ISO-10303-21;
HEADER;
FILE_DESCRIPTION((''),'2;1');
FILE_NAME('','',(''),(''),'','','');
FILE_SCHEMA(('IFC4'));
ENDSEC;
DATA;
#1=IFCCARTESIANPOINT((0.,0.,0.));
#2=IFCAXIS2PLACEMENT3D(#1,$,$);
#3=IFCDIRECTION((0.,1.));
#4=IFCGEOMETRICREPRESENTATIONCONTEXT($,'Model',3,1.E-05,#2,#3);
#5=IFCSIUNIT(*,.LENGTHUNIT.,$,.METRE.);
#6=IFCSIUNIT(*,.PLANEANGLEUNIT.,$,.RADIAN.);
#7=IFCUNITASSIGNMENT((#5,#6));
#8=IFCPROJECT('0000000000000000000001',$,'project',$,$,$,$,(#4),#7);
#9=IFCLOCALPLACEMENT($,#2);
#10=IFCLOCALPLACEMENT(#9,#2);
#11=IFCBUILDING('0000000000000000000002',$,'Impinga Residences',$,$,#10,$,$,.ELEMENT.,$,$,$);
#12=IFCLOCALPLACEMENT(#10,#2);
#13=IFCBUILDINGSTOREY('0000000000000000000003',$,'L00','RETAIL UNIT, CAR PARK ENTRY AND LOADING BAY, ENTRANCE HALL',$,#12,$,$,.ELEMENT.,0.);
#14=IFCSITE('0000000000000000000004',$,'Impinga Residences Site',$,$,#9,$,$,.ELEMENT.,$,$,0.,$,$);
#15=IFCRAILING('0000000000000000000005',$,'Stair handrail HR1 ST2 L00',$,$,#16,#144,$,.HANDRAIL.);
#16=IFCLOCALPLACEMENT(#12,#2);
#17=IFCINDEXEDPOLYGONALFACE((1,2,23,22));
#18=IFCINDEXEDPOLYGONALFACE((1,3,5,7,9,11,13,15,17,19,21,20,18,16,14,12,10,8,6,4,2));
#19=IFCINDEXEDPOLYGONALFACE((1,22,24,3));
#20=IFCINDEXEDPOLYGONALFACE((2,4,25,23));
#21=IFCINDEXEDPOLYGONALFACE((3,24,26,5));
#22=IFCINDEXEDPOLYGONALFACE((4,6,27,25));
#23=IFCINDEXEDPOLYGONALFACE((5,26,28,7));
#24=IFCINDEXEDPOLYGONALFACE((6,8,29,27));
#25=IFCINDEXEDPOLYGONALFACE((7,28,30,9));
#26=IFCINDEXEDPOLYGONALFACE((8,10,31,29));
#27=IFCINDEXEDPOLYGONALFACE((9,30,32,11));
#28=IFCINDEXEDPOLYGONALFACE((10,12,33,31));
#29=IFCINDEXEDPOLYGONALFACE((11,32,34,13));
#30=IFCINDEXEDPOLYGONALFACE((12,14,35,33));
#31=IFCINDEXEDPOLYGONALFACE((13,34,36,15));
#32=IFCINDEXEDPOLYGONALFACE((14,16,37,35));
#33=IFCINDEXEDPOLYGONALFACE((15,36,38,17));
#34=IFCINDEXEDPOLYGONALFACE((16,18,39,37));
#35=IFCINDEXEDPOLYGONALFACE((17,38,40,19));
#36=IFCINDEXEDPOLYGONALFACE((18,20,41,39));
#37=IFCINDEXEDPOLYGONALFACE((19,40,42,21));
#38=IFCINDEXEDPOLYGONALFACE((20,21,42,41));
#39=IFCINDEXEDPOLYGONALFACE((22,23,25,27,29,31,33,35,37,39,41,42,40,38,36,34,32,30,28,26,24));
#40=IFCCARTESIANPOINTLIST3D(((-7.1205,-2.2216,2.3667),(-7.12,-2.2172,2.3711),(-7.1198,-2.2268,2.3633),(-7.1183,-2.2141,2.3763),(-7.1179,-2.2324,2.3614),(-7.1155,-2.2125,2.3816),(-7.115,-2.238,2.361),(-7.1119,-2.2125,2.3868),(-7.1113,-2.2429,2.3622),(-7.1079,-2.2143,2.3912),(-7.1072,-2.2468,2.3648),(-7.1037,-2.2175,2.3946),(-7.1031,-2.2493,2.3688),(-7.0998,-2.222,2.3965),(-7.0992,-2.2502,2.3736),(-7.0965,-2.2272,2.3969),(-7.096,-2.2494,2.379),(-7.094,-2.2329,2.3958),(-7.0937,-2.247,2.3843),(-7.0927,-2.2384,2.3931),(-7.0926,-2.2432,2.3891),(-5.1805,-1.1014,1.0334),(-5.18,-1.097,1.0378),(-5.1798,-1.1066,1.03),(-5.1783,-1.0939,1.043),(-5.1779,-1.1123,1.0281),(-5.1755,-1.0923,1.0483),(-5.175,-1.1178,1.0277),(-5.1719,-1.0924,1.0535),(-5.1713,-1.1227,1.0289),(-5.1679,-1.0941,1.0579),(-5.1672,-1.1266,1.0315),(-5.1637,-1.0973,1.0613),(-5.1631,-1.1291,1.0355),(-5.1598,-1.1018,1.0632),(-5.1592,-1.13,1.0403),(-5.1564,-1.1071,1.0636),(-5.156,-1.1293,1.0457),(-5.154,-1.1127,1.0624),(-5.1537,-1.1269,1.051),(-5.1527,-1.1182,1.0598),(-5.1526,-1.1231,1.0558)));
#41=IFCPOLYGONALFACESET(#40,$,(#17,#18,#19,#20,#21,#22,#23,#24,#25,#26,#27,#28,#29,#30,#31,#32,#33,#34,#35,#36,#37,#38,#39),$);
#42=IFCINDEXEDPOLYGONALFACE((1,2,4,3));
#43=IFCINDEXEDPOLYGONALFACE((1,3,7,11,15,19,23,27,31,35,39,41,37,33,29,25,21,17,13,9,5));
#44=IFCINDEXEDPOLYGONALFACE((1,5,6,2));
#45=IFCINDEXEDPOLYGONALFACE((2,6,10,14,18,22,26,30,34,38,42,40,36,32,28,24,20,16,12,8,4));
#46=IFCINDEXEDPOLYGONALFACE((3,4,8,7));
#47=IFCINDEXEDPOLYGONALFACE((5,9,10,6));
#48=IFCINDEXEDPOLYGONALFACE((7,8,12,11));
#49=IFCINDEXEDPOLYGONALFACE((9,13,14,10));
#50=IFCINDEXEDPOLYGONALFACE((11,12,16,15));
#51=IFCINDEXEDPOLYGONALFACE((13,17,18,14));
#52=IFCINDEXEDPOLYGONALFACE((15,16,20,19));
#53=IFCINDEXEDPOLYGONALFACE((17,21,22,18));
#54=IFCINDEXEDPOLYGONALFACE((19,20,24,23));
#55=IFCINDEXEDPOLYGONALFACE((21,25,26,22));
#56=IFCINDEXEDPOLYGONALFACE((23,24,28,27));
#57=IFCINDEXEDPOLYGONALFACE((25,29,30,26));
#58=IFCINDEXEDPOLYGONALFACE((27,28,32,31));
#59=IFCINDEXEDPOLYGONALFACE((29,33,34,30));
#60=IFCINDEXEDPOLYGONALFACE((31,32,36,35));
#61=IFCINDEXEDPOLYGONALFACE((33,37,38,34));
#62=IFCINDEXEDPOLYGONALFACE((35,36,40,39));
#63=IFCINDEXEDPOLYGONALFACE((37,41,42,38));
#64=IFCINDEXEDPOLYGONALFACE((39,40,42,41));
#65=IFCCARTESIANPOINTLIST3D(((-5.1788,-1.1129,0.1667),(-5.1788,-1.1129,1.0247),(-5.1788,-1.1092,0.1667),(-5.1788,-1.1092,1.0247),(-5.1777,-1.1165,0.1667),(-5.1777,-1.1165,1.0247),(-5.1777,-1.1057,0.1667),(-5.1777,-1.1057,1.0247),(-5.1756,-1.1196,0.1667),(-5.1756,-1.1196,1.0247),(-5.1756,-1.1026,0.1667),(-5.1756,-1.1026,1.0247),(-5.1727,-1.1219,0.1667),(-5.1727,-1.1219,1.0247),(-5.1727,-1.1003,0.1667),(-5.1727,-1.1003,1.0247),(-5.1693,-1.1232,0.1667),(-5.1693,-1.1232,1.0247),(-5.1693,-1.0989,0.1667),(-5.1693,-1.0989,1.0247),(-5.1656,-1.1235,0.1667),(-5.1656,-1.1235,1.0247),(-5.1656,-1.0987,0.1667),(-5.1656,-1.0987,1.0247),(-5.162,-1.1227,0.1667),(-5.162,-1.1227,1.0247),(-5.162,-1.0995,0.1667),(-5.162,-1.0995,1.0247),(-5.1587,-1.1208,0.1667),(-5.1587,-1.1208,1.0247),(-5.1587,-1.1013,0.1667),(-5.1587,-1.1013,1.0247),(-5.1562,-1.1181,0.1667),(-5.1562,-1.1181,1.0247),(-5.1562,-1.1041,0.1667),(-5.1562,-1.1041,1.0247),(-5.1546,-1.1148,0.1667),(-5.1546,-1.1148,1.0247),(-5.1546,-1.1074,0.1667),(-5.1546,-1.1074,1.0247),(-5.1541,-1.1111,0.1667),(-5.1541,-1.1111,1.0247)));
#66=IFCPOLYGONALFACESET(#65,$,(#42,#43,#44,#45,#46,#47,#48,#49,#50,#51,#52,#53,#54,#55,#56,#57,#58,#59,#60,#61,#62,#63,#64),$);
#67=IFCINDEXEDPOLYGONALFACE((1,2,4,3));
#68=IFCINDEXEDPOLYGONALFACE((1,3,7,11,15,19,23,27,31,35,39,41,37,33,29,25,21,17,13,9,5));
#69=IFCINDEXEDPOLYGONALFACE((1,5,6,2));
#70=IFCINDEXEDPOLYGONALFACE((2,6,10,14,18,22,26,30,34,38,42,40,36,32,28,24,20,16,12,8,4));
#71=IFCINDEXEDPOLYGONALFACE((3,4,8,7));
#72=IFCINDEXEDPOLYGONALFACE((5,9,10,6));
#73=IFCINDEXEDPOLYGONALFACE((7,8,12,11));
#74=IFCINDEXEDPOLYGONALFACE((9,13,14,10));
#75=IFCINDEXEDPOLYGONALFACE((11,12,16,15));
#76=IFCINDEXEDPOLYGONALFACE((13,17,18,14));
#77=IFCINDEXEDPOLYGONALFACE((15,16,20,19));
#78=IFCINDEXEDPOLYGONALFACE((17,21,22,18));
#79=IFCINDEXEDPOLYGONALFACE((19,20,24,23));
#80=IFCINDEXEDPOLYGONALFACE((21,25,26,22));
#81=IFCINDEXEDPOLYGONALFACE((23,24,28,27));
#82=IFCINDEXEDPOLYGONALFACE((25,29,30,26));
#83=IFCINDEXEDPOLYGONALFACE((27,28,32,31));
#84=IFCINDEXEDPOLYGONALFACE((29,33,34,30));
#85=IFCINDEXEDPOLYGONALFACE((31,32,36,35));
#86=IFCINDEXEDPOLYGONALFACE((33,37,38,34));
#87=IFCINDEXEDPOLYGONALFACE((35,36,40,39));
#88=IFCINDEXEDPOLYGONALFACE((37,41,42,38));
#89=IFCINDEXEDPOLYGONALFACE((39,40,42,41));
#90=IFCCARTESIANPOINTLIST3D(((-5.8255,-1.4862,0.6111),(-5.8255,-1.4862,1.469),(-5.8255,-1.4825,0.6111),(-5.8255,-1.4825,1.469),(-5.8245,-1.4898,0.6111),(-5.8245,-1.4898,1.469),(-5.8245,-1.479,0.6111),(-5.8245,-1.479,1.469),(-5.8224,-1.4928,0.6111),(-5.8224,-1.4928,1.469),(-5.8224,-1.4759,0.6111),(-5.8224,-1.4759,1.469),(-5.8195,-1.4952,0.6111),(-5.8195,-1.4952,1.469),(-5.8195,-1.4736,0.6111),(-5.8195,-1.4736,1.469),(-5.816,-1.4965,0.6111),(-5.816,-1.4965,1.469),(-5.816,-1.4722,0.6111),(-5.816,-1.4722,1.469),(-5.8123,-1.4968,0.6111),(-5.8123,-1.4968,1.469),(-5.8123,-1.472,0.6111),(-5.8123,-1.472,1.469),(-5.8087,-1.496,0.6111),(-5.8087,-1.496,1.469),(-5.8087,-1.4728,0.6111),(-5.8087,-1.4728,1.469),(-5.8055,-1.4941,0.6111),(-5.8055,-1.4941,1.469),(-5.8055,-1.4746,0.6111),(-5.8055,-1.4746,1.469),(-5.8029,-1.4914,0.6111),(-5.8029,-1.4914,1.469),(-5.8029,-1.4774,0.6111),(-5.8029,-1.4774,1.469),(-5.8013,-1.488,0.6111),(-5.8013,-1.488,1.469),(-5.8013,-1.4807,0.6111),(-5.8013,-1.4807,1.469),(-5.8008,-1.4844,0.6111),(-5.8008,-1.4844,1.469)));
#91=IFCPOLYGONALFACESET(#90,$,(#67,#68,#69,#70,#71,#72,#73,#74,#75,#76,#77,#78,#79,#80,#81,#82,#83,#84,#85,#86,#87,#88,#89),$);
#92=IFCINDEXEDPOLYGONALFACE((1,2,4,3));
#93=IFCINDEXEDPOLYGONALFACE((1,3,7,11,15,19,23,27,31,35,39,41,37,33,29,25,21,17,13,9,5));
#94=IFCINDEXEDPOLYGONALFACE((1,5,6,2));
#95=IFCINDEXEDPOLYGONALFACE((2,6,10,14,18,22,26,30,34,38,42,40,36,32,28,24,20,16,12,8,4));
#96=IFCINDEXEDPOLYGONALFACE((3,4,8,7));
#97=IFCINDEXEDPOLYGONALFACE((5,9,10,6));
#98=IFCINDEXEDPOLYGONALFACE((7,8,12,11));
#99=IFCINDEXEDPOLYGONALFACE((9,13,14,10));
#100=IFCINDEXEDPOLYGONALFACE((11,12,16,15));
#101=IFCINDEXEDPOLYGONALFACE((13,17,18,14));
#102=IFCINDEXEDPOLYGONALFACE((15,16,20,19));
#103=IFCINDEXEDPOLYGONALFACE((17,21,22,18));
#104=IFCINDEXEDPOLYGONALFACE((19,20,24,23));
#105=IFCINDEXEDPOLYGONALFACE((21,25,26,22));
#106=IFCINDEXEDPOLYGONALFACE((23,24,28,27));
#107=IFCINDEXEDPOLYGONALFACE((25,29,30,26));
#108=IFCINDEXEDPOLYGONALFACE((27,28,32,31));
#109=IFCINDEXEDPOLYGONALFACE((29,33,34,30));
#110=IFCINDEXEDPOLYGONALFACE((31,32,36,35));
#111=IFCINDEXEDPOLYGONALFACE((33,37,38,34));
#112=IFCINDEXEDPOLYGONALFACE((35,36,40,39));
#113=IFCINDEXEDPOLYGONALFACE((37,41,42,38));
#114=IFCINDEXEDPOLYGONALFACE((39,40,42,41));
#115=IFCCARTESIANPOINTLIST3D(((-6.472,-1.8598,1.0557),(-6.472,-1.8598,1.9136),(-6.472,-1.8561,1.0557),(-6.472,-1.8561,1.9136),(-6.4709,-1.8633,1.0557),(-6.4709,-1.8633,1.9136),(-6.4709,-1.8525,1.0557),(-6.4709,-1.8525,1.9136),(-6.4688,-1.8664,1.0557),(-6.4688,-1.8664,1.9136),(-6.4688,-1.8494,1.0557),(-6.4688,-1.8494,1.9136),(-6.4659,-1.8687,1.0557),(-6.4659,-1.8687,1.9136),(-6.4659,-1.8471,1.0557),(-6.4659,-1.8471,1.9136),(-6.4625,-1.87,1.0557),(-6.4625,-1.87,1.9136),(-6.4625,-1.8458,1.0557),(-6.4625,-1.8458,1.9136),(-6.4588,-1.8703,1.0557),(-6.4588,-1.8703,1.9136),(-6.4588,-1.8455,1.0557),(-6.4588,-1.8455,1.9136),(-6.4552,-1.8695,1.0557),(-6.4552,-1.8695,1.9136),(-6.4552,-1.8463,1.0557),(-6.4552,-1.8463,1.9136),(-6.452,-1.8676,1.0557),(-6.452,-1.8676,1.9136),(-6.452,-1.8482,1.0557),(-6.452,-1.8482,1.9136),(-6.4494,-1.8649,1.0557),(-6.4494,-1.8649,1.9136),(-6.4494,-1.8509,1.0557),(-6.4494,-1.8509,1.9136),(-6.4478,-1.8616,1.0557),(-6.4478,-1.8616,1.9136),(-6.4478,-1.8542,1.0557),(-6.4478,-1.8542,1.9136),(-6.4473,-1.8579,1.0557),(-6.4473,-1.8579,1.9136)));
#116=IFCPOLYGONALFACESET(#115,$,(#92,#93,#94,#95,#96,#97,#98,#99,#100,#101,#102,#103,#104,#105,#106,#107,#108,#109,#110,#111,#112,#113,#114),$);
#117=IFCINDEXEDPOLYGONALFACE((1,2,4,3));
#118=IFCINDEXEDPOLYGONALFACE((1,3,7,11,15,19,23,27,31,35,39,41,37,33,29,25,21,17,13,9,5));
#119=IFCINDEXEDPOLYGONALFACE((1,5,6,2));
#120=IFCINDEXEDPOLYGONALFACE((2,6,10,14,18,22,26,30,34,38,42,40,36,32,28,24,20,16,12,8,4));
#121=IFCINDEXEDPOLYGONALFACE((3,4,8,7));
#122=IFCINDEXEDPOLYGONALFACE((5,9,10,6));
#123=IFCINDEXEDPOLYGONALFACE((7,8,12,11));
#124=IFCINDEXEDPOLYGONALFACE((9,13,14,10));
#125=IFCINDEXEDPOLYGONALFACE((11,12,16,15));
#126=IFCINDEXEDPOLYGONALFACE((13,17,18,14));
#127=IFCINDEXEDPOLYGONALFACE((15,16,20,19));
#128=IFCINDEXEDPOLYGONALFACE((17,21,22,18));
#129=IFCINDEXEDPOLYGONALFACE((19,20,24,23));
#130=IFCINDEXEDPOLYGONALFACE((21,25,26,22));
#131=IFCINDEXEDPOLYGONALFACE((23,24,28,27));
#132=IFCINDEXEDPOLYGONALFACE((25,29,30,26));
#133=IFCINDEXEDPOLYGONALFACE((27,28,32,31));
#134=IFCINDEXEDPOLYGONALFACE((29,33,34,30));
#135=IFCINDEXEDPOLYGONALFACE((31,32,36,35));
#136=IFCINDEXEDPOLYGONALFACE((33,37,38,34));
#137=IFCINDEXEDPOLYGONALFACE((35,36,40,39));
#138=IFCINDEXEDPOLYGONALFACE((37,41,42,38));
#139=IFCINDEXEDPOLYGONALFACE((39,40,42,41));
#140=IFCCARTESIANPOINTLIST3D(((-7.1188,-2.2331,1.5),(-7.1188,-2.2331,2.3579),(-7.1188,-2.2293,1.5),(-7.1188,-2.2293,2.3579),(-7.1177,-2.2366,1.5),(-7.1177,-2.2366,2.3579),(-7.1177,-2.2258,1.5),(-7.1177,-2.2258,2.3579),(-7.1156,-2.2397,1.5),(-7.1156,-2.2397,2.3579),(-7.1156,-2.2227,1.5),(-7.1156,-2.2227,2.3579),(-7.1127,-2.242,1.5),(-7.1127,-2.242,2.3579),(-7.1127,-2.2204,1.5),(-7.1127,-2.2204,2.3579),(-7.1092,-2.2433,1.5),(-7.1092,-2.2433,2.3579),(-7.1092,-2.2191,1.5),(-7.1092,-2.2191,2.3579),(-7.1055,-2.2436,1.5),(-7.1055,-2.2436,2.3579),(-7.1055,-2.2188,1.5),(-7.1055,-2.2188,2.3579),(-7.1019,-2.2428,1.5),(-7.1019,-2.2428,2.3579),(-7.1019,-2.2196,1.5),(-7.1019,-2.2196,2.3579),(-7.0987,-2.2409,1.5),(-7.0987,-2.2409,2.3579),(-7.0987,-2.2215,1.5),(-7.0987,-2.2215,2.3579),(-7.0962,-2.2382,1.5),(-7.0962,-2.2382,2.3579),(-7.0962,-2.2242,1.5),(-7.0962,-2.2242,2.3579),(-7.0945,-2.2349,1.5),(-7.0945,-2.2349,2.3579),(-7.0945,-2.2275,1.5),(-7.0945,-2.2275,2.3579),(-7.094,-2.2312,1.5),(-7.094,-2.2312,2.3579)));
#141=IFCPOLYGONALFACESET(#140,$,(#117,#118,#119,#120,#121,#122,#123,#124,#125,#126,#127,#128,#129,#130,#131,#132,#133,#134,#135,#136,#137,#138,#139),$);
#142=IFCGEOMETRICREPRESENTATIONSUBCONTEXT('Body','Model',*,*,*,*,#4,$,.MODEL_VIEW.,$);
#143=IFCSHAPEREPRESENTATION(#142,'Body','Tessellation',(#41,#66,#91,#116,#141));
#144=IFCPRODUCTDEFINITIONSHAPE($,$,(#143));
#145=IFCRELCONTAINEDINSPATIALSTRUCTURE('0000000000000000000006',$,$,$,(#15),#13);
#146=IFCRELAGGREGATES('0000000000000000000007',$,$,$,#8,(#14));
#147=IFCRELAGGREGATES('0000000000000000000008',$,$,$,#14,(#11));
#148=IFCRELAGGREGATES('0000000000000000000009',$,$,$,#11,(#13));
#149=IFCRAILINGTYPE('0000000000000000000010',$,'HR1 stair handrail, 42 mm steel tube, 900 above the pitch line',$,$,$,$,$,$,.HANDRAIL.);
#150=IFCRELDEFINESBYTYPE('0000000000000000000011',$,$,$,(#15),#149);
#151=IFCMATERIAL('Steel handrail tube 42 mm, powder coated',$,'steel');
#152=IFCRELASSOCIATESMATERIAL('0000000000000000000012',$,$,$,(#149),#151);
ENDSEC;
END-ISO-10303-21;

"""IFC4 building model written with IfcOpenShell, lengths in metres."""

from ifc_helpers import new_model, si_unit, direction, frame, origin, origin_2d, place, context, subcontext, project, spatial, circle, extrude, material, type_object, element, save


model = new_model("IFC4")

# Units and contexts
model_context = context("Model", 3, precision=1e-05, world=origin(), true_north=direction((0.0, 1.0)))
body_context = subcontext(model_context, "Body", "Model", "MODEL_VIEW")
ifc_project = project(units=[si_unit("LENGTHUNIT", "METRE"), si_unit("PLANEANGLEUNIT", "RADIAN")], contexts=[model_context])

# Site, building, storey
site_placement = place(None, origin())
site = spatial("IfcSite", under=ifc_project, at=site_placement, Name="Impinga Residences Site", CompositionType="ELEMENT", RefElevation=0.0)
building_placement = place(site_placement, origin())
building = spatial("IfcBuilding", under=site, at=building_placement, Name="Impinga Residences", CompositionType="ELEMENT")
storey_placement = place(building_placement, origin())
storey = spatial("IfcBuildingStorey", under=building, at=storey_placement, Name="L00", Description="RETAIL UNIT, CAR PARK ENTRY AND LOADING BAY, ENTRANCE HALL", CompositionType="ELEMENT", Elevation=0.0)

# Railing
ifc_material_1 = material(Name="Steel handrail tube 42 mm, powder coated", Category="steel")
railing_type_1 = type_object("IfcRailingType", Name="HR1 stair handrail, 42 mm steel tube, 900 above the pitch line", PredefinedType="HANDRAIL", material=ifc_material_1)
for number, where, name in (
    (1, (-5.1665, -1.1111, 0.1667), "Stair handrail HR1 ST2 L00"),
):
    element("IfcRailing", number, at=place(storey_placement, frame(where)), inside=storey, type_object=railing_type_1, Name=name, PredefinedType="HANDRAIL", context=body_context, shape_type="SweptSolid", body=[
        extrude(circle(Radius=0.021, at=origin_2d()), frame((0.0, 0.0, 0.8789), z_axis=(-0.744175, -0.429684, 0.511444), x_axis=(0.500031, -0.866008, 0.0)), (0.0, 0.0, 1.0), 2.6069),
        extrude(circle(Radius=0.0125, at=origin_2d()), origin(), (0.0, 0.0, 1.0), 0.8579),
        extrude(circle(Radius=0.0125, at=origin_2d()), frame((-0.6467, -0.3733, 0.4443)), (0.0, 0.0, 1.0), 0.8579),
        extrude(circle(Radius=0.0125, at=origin_2d()), frame((-1.2932, -0.7468, 0.8889)), (0.0, 0.0, 1.0), 0.8579),
        extrude(circle(Radius=0.0125, at=origin_2d()), frame((-1.9399, -1.1201, 1.3333)), (0.0, 0.0, 1.0), 0.8579),
    ])

save(model, "model.ifc")
